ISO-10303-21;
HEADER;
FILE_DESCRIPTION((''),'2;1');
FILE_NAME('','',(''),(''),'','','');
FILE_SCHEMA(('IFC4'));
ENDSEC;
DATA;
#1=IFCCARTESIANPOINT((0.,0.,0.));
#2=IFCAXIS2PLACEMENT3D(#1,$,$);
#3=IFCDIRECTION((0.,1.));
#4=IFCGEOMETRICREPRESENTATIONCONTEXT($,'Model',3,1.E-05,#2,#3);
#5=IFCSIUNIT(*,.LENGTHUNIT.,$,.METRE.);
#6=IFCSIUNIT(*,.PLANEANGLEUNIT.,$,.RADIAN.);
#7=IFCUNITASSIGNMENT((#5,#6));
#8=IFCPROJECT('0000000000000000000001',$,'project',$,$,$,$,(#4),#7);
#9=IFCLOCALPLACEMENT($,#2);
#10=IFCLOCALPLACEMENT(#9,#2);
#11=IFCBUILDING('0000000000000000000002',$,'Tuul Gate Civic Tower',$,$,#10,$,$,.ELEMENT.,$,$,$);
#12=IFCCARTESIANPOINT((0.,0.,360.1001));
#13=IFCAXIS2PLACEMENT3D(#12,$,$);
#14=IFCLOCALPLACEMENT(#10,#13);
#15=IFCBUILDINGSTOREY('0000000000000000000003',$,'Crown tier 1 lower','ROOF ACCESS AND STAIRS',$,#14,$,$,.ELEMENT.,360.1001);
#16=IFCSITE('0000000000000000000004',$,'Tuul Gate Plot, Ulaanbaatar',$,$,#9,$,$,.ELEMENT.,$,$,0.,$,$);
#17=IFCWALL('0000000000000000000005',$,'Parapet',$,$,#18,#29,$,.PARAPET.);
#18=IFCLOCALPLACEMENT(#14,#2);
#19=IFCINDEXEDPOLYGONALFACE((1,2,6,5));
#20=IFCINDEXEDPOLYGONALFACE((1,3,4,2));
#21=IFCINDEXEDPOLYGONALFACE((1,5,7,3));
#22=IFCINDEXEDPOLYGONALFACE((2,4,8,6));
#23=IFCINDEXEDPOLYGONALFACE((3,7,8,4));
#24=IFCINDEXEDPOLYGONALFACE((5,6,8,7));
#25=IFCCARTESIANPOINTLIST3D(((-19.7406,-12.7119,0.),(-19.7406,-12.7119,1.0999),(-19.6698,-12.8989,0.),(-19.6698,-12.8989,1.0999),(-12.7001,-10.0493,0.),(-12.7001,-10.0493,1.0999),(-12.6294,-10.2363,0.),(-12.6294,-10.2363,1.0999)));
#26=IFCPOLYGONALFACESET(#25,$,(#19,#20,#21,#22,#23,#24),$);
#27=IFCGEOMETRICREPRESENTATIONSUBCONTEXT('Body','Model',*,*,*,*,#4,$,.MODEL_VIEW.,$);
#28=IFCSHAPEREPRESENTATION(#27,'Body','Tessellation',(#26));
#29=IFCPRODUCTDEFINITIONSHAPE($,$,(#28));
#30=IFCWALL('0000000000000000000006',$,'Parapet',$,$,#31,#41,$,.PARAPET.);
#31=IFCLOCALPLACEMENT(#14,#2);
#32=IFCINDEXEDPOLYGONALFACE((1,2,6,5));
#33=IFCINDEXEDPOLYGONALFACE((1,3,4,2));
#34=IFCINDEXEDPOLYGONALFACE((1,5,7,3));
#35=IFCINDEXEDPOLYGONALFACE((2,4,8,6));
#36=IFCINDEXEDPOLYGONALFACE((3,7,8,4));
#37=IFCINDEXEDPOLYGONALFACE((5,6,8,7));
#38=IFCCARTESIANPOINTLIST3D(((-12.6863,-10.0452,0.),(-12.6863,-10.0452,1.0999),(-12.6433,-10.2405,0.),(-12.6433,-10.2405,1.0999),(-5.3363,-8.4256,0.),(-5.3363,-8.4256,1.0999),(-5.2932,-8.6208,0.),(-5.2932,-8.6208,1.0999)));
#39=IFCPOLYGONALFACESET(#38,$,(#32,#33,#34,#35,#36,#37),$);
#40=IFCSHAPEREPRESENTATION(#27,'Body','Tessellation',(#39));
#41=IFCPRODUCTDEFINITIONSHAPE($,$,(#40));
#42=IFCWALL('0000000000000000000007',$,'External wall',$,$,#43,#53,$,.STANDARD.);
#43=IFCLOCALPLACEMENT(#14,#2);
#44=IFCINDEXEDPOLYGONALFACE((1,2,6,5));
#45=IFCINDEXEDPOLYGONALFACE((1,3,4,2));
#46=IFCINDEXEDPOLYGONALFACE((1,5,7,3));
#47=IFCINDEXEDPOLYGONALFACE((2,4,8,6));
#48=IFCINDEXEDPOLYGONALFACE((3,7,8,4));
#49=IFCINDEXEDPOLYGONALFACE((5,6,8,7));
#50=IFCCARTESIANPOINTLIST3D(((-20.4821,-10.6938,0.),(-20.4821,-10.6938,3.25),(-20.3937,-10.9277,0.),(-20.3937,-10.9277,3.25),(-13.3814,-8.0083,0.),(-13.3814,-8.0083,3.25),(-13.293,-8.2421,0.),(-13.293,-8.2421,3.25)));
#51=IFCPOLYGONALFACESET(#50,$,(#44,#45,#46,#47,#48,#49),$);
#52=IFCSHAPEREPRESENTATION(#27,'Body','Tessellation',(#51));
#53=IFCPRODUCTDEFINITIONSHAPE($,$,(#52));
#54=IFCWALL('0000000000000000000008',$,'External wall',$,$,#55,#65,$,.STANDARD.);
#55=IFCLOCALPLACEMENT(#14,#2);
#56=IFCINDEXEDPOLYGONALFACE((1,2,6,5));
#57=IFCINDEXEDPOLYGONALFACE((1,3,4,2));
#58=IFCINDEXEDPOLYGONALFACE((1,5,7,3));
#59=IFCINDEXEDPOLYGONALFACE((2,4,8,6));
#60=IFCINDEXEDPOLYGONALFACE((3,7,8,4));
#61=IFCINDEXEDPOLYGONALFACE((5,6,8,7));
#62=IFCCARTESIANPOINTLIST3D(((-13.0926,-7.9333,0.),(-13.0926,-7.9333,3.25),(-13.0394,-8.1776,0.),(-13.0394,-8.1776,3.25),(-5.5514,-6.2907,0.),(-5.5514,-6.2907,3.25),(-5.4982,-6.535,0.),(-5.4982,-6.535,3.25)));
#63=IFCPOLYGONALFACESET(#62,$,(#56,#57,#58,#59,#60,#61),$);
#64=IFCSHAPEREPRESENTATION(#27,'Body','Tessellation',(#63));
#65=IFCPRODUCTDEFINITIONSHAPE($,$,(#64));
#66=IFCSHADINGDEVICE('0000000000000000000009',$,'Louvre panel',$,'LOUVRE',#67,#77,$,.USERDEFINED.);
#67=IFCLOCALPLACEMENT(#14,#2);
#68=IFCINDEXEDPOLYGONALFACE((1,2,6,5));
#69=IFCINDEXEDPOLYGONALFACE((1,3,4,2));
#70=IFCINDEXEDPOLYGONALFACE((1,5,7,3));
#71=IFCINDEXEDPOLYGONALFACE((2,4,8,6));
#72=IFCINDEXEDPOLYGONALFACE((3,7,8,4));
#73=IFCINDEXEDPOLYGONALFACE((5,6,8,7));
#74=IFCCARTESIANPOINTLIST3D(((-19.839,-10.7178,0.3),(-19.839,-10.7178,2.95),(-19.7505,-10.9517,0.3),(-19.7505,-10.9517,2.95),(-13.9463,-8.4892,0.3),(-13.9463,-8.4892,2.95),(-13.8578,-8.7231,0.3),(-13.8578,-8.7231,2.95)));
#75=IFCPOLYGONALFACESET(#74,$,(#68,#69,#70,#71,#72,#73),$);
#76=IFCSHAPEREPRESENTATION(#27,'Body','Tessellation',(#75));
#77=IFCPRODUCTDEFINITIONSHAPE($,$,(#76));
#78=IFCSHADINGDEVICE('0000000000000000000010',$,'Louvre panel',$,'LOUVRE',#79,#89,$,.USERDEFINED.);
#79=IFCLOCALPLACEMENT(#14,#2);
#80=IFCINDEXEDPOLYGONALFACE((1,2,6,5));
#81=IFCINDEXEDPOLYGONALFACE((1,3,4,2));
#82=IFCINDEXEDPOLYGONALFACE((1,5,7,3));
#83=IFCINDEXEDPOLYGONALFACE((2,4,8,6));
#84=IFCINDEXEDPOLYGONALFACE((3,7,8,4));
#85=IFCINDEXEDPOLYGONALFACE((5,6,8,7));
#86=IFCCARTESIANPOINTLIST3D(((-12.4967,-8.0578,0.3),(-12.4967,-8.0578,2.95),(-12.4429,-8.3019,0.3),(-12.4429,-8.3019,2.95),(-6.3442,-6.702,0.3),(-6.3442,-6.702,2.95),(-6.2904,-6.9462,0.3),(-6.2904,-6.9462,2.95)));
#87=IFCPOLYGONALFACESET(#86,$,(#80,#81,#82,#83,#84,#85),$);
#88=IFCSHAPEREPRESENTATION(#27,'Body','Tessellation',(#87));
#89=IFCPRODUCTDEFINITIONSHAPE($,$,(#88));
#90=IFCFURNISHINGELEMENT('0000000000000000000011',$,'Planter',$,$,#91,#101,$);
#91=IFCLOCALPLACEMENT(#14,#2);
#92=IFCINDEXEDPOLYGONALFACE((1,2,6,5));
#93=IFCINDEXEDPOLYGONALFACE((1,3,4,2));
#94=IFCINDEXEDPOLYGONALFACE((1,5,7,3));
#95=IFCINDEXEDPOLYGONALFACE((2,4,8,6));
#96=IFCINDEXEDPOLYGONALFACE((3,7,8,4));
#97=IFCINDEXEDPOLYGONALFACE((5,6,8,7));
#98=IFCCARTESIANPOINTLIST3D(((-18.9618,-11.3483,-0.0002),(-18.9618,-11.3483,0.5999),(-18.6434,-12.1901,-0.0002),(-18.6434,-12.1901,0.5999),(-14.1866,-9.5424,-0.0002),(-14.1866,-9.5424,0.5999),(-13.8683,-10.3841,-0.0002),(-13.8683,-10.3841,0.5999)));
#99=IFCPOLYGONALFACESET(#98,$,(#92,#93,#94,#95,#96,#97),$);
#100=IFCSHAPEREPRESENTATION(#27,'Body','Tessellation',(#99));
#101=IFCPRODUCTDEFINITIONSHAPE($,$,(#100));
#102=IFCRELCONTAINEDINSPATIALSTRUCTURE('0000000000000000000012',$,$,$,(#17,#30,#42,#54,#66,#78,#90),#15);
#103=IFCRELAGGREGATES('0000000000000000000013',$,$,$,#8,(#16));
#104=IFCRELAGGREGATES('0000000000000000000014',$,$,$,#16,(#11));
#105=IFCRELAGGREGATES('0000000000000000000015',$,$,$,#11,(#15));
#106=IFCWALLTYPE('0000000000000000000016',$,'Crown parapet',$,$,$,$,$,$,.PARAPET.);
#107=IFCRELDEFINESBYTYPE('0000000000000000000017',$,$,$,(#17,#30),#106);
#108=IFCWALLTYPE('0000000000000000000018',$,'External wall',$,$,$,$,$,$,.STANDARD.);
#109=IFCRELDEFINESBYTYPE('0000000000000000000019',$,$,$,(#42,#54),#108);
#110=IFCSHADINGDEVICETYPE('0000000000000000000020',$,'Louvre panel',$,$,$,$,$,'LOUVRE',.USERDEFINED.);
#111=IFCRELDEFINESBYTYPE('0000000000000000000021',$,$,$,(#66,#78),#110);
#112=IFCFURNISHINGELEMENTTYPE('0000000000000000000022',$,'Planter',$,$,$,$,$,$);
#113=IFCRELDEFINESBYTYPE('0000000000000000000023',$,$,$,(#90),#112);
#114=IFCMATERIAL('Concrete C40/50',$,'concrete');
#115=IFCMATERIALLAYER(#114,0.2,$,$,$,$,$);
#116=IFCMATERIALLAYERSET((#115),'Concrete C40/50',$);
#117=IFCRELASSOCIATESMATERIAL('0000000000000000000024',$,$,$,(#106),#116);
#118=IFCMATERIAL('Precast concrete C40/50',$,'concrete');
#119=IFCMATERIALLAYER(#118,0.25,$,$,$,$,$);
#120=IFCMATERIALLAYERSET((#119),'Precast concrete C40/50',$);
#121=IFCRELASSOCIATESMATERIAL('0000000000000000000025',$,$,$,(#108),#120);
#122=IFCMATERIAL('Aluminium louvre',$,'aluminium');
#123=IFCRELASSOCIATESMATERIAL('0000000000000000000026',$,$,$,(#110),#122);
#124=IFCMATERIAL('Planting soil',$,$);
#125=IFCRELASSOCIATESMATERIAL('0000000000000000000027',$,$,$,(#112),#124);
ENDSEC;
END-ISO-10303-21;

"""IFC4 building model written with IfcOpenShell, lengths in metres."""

from ifc_helpers import new_model, si_unit, direction, frame, frame_2d, origin, origin_2d, place, context, subcontext, project, spatial, rectangle, extrude, material, layer, layer_set, type_object, element, save


model = new_model("IFC4")

# Units and contexts
model_context = context("Model", 3, precision=1e-05, world=origin(), true_north=direction((0.0, 1.0)))
body_context = subcontext(model_context, "Body", "Model", "MODEL_VIEW")
ifc_project = project(units=[si_unit("LENGTHUNIT", "METRE"), si_unit("PLANEANGLEUNIT", "RADIAN")], contexts=[model_context])

# Site, building, storey
site_placement = place(None, origin())
site = spatial("IfcSite", under=ifc_project, at=site_placement, Name="Tuul Gate Plot, Ulaanbaatar", CompositionType="ELEMENT", RefElevation=0.0)
building_placement = place(site_placement, origin())
building = spatial("IfcBuilding", under=site, at=building_placement, Name="Tuul Gate Civic Tower", CompositionType="ELEMENT")
storey_placement = place(building_placement, frame((0.0, 0.0, 360.1001)))
storey = spatial("IfcBuildingStorey", under=building, at=storey_placement, Name="Crown tier 1 lower", Description="ROOF ACCESS AND STAIRS", CompositionType="ELEMENT", Elevation=360.1001)

# Walls
ifc_material_1 = material(Name="Concrete C40/50", Category="concrete")
ifc_layer_1 = layer(ifc_material_1, 0.2)
ifc_layer_set_1 = layer_set([ifc_layer_1], Name="Concrete C40/50")
wall_type_1 = type_object("IfcWallType", Name="Crown parapet", PredefinedType="PARAPET", material=ifc_layer_set_1)
wall_1_placement = place(storey_placement, frame((-19.7053, -12.8054, 0.0), z_axis=(0.0, 0.0, 1.0), x_axis=(0.935347, 0.353731, 0.0)))
element("IfcWall", 1, at=wall_1_placement, inside=storey, type_object=wall_type_1, Name="Parapet", PredefinedType="PARAPET", context=body_context, shape_type="SweptSolid", body=[
    extrude(rectangle(XDim=7.5271, YDim=0.2, at=frame_2d((3.7637, 0.0))), origin(), (0.0, 0.0, 1.0), 1.0999),
])
wall_2_placement = place(storey_placement, frame((-12.6648, -10.1428, 0.0), z_axis=(0.0, 0.0, 1.0), x_axis=(0.976572, 0.215192, 0.0)))
element("IfcWall", 2, at=wall_2_placement, inside=storey, type_object=wall_type_1, Name="Parapet", PredefinedType="PARAPET", context=body_context, shape_type="SweptSolid", body=[
    extrude(rectangle(XDim=7.5264, YDim=0.2, at=frame_2d((3.7632, 0.0))), origin(), (0.0, 0.0, 1.0), 1.0999),
])
ifc_material_2 = material(Name="Precast concrete C40/50", Category="concrete")
ifc_layer_2 = layer(ifc_material_2, 0.25)
ifc_layer_set_2 = layer_set([ifc_layer_2], Name="Precast concrete C40/50")
wall_type_2 = type_object("IfcWallType", Name="External wall", PredefinedType="STANDARD", material=ifc_layer_set_2)
wall_3_placement = place(storey_placement, frame((-20.438, -10.8108, 0.0), z_axis=(0.0, 0.0, 1.0), x_axis=(0.935337, 0.353758, 0.0)))
element("IfcWall", 3, at=wall_3_placement, inside=storey, type_object=wall_type_2, Name="External wall", PredefinedType="STANDARD", context=body_context, shape_type="SweptSolid", body=[
    extrude(rectangle(XDim=7.5916, YDim=0.25, at=frame_2d((3.7959, 0.0))), origin(), (0.0, 0.0, 1.0), 3.25),
])
wall_4_placement = place(storey_placement, frame((-13.0659, -8.0554, 0.0), z_axis=(0.0, 0.0, 1.0), x_axis=(0.977091, 0.212822, 0.0)))
element("IfcWall", 4, at=wall_4_placement, inside=storey, type_object=wall_type_2, Name="External wall", PredefinedType="STANDARD", context=body_context, shape_type="SweptSolid", body=[
    extrude(rectangle(XDim=7.718, YDim=0.25, at=frame_2d((3.8589, 0.0))), origin(), (0.0, 0.0, 1.0), 3.25),
])

# Shading devices
ifc_material_3 = material(Name="Aluminium louvre", Category="aluminium")
shading_device_type = type_object("IfcShadingDeviceType", Name="Louvre panel", ElementType="LOUVRE", PredefinedType="USERDEFINED", material=ifc_material_3)
for number, where, z_axis, x_axis, name in (
    (5, (-16.8484, -9.7205, 0.3), (0.0, 0.0, 1.0), (0.353744, -0.935342, 0.0), "Louvre panel"),
    (6, (-9.3936, -7.502, 0.3), (0.0, 0.0, 1.0), (0.215196, -0.976571, 0.0), "Louvre panel"),
):
    element("IfcShadingDevice", number, at=place(storey_placement, frame(where, z_axis=z_axis, x_axis=x_axis)), inside=storey, type_object=shading_device_type, Name=name, ObjectType="LOUVRE", PredefinedType="USERDEFINED", context=body_context, shape_type="SweptSolid", body=[
        extrude(rectangle(XDim=0.25, YDim=6.3, at=origin_2d()), origin(), (0.0, 0.0, 1.0), 2.6499),
    ])

# Furnishing element
ifc_material_4 = material(Name="Planting soil")
furnishing_element_type = type_object("IfcFurnishingElementType", Name="Planter", material=ifc_material_4)
furnishing_placement = place(storey_placement, frame((-16.415, -10.8662, -0.0002), z_axis=(0.0, 0.0, 1.0), x_axis=(0.93534, 0.35375, 0.0)))
element("IfcFurnishingElement", 7, at=furnishing_placement, inside=storey, type_object=furnishing_element_type, Name="Planter", context=body_context, shape_type="SweptSolid", body=[
    extrude(rectangle(XDim=5.1052, YDim=0.8999, at=origin_2d()), origin(), (0.0, 0.0, 1.0), 0.6001),
])

save(model, "model.ifc")
